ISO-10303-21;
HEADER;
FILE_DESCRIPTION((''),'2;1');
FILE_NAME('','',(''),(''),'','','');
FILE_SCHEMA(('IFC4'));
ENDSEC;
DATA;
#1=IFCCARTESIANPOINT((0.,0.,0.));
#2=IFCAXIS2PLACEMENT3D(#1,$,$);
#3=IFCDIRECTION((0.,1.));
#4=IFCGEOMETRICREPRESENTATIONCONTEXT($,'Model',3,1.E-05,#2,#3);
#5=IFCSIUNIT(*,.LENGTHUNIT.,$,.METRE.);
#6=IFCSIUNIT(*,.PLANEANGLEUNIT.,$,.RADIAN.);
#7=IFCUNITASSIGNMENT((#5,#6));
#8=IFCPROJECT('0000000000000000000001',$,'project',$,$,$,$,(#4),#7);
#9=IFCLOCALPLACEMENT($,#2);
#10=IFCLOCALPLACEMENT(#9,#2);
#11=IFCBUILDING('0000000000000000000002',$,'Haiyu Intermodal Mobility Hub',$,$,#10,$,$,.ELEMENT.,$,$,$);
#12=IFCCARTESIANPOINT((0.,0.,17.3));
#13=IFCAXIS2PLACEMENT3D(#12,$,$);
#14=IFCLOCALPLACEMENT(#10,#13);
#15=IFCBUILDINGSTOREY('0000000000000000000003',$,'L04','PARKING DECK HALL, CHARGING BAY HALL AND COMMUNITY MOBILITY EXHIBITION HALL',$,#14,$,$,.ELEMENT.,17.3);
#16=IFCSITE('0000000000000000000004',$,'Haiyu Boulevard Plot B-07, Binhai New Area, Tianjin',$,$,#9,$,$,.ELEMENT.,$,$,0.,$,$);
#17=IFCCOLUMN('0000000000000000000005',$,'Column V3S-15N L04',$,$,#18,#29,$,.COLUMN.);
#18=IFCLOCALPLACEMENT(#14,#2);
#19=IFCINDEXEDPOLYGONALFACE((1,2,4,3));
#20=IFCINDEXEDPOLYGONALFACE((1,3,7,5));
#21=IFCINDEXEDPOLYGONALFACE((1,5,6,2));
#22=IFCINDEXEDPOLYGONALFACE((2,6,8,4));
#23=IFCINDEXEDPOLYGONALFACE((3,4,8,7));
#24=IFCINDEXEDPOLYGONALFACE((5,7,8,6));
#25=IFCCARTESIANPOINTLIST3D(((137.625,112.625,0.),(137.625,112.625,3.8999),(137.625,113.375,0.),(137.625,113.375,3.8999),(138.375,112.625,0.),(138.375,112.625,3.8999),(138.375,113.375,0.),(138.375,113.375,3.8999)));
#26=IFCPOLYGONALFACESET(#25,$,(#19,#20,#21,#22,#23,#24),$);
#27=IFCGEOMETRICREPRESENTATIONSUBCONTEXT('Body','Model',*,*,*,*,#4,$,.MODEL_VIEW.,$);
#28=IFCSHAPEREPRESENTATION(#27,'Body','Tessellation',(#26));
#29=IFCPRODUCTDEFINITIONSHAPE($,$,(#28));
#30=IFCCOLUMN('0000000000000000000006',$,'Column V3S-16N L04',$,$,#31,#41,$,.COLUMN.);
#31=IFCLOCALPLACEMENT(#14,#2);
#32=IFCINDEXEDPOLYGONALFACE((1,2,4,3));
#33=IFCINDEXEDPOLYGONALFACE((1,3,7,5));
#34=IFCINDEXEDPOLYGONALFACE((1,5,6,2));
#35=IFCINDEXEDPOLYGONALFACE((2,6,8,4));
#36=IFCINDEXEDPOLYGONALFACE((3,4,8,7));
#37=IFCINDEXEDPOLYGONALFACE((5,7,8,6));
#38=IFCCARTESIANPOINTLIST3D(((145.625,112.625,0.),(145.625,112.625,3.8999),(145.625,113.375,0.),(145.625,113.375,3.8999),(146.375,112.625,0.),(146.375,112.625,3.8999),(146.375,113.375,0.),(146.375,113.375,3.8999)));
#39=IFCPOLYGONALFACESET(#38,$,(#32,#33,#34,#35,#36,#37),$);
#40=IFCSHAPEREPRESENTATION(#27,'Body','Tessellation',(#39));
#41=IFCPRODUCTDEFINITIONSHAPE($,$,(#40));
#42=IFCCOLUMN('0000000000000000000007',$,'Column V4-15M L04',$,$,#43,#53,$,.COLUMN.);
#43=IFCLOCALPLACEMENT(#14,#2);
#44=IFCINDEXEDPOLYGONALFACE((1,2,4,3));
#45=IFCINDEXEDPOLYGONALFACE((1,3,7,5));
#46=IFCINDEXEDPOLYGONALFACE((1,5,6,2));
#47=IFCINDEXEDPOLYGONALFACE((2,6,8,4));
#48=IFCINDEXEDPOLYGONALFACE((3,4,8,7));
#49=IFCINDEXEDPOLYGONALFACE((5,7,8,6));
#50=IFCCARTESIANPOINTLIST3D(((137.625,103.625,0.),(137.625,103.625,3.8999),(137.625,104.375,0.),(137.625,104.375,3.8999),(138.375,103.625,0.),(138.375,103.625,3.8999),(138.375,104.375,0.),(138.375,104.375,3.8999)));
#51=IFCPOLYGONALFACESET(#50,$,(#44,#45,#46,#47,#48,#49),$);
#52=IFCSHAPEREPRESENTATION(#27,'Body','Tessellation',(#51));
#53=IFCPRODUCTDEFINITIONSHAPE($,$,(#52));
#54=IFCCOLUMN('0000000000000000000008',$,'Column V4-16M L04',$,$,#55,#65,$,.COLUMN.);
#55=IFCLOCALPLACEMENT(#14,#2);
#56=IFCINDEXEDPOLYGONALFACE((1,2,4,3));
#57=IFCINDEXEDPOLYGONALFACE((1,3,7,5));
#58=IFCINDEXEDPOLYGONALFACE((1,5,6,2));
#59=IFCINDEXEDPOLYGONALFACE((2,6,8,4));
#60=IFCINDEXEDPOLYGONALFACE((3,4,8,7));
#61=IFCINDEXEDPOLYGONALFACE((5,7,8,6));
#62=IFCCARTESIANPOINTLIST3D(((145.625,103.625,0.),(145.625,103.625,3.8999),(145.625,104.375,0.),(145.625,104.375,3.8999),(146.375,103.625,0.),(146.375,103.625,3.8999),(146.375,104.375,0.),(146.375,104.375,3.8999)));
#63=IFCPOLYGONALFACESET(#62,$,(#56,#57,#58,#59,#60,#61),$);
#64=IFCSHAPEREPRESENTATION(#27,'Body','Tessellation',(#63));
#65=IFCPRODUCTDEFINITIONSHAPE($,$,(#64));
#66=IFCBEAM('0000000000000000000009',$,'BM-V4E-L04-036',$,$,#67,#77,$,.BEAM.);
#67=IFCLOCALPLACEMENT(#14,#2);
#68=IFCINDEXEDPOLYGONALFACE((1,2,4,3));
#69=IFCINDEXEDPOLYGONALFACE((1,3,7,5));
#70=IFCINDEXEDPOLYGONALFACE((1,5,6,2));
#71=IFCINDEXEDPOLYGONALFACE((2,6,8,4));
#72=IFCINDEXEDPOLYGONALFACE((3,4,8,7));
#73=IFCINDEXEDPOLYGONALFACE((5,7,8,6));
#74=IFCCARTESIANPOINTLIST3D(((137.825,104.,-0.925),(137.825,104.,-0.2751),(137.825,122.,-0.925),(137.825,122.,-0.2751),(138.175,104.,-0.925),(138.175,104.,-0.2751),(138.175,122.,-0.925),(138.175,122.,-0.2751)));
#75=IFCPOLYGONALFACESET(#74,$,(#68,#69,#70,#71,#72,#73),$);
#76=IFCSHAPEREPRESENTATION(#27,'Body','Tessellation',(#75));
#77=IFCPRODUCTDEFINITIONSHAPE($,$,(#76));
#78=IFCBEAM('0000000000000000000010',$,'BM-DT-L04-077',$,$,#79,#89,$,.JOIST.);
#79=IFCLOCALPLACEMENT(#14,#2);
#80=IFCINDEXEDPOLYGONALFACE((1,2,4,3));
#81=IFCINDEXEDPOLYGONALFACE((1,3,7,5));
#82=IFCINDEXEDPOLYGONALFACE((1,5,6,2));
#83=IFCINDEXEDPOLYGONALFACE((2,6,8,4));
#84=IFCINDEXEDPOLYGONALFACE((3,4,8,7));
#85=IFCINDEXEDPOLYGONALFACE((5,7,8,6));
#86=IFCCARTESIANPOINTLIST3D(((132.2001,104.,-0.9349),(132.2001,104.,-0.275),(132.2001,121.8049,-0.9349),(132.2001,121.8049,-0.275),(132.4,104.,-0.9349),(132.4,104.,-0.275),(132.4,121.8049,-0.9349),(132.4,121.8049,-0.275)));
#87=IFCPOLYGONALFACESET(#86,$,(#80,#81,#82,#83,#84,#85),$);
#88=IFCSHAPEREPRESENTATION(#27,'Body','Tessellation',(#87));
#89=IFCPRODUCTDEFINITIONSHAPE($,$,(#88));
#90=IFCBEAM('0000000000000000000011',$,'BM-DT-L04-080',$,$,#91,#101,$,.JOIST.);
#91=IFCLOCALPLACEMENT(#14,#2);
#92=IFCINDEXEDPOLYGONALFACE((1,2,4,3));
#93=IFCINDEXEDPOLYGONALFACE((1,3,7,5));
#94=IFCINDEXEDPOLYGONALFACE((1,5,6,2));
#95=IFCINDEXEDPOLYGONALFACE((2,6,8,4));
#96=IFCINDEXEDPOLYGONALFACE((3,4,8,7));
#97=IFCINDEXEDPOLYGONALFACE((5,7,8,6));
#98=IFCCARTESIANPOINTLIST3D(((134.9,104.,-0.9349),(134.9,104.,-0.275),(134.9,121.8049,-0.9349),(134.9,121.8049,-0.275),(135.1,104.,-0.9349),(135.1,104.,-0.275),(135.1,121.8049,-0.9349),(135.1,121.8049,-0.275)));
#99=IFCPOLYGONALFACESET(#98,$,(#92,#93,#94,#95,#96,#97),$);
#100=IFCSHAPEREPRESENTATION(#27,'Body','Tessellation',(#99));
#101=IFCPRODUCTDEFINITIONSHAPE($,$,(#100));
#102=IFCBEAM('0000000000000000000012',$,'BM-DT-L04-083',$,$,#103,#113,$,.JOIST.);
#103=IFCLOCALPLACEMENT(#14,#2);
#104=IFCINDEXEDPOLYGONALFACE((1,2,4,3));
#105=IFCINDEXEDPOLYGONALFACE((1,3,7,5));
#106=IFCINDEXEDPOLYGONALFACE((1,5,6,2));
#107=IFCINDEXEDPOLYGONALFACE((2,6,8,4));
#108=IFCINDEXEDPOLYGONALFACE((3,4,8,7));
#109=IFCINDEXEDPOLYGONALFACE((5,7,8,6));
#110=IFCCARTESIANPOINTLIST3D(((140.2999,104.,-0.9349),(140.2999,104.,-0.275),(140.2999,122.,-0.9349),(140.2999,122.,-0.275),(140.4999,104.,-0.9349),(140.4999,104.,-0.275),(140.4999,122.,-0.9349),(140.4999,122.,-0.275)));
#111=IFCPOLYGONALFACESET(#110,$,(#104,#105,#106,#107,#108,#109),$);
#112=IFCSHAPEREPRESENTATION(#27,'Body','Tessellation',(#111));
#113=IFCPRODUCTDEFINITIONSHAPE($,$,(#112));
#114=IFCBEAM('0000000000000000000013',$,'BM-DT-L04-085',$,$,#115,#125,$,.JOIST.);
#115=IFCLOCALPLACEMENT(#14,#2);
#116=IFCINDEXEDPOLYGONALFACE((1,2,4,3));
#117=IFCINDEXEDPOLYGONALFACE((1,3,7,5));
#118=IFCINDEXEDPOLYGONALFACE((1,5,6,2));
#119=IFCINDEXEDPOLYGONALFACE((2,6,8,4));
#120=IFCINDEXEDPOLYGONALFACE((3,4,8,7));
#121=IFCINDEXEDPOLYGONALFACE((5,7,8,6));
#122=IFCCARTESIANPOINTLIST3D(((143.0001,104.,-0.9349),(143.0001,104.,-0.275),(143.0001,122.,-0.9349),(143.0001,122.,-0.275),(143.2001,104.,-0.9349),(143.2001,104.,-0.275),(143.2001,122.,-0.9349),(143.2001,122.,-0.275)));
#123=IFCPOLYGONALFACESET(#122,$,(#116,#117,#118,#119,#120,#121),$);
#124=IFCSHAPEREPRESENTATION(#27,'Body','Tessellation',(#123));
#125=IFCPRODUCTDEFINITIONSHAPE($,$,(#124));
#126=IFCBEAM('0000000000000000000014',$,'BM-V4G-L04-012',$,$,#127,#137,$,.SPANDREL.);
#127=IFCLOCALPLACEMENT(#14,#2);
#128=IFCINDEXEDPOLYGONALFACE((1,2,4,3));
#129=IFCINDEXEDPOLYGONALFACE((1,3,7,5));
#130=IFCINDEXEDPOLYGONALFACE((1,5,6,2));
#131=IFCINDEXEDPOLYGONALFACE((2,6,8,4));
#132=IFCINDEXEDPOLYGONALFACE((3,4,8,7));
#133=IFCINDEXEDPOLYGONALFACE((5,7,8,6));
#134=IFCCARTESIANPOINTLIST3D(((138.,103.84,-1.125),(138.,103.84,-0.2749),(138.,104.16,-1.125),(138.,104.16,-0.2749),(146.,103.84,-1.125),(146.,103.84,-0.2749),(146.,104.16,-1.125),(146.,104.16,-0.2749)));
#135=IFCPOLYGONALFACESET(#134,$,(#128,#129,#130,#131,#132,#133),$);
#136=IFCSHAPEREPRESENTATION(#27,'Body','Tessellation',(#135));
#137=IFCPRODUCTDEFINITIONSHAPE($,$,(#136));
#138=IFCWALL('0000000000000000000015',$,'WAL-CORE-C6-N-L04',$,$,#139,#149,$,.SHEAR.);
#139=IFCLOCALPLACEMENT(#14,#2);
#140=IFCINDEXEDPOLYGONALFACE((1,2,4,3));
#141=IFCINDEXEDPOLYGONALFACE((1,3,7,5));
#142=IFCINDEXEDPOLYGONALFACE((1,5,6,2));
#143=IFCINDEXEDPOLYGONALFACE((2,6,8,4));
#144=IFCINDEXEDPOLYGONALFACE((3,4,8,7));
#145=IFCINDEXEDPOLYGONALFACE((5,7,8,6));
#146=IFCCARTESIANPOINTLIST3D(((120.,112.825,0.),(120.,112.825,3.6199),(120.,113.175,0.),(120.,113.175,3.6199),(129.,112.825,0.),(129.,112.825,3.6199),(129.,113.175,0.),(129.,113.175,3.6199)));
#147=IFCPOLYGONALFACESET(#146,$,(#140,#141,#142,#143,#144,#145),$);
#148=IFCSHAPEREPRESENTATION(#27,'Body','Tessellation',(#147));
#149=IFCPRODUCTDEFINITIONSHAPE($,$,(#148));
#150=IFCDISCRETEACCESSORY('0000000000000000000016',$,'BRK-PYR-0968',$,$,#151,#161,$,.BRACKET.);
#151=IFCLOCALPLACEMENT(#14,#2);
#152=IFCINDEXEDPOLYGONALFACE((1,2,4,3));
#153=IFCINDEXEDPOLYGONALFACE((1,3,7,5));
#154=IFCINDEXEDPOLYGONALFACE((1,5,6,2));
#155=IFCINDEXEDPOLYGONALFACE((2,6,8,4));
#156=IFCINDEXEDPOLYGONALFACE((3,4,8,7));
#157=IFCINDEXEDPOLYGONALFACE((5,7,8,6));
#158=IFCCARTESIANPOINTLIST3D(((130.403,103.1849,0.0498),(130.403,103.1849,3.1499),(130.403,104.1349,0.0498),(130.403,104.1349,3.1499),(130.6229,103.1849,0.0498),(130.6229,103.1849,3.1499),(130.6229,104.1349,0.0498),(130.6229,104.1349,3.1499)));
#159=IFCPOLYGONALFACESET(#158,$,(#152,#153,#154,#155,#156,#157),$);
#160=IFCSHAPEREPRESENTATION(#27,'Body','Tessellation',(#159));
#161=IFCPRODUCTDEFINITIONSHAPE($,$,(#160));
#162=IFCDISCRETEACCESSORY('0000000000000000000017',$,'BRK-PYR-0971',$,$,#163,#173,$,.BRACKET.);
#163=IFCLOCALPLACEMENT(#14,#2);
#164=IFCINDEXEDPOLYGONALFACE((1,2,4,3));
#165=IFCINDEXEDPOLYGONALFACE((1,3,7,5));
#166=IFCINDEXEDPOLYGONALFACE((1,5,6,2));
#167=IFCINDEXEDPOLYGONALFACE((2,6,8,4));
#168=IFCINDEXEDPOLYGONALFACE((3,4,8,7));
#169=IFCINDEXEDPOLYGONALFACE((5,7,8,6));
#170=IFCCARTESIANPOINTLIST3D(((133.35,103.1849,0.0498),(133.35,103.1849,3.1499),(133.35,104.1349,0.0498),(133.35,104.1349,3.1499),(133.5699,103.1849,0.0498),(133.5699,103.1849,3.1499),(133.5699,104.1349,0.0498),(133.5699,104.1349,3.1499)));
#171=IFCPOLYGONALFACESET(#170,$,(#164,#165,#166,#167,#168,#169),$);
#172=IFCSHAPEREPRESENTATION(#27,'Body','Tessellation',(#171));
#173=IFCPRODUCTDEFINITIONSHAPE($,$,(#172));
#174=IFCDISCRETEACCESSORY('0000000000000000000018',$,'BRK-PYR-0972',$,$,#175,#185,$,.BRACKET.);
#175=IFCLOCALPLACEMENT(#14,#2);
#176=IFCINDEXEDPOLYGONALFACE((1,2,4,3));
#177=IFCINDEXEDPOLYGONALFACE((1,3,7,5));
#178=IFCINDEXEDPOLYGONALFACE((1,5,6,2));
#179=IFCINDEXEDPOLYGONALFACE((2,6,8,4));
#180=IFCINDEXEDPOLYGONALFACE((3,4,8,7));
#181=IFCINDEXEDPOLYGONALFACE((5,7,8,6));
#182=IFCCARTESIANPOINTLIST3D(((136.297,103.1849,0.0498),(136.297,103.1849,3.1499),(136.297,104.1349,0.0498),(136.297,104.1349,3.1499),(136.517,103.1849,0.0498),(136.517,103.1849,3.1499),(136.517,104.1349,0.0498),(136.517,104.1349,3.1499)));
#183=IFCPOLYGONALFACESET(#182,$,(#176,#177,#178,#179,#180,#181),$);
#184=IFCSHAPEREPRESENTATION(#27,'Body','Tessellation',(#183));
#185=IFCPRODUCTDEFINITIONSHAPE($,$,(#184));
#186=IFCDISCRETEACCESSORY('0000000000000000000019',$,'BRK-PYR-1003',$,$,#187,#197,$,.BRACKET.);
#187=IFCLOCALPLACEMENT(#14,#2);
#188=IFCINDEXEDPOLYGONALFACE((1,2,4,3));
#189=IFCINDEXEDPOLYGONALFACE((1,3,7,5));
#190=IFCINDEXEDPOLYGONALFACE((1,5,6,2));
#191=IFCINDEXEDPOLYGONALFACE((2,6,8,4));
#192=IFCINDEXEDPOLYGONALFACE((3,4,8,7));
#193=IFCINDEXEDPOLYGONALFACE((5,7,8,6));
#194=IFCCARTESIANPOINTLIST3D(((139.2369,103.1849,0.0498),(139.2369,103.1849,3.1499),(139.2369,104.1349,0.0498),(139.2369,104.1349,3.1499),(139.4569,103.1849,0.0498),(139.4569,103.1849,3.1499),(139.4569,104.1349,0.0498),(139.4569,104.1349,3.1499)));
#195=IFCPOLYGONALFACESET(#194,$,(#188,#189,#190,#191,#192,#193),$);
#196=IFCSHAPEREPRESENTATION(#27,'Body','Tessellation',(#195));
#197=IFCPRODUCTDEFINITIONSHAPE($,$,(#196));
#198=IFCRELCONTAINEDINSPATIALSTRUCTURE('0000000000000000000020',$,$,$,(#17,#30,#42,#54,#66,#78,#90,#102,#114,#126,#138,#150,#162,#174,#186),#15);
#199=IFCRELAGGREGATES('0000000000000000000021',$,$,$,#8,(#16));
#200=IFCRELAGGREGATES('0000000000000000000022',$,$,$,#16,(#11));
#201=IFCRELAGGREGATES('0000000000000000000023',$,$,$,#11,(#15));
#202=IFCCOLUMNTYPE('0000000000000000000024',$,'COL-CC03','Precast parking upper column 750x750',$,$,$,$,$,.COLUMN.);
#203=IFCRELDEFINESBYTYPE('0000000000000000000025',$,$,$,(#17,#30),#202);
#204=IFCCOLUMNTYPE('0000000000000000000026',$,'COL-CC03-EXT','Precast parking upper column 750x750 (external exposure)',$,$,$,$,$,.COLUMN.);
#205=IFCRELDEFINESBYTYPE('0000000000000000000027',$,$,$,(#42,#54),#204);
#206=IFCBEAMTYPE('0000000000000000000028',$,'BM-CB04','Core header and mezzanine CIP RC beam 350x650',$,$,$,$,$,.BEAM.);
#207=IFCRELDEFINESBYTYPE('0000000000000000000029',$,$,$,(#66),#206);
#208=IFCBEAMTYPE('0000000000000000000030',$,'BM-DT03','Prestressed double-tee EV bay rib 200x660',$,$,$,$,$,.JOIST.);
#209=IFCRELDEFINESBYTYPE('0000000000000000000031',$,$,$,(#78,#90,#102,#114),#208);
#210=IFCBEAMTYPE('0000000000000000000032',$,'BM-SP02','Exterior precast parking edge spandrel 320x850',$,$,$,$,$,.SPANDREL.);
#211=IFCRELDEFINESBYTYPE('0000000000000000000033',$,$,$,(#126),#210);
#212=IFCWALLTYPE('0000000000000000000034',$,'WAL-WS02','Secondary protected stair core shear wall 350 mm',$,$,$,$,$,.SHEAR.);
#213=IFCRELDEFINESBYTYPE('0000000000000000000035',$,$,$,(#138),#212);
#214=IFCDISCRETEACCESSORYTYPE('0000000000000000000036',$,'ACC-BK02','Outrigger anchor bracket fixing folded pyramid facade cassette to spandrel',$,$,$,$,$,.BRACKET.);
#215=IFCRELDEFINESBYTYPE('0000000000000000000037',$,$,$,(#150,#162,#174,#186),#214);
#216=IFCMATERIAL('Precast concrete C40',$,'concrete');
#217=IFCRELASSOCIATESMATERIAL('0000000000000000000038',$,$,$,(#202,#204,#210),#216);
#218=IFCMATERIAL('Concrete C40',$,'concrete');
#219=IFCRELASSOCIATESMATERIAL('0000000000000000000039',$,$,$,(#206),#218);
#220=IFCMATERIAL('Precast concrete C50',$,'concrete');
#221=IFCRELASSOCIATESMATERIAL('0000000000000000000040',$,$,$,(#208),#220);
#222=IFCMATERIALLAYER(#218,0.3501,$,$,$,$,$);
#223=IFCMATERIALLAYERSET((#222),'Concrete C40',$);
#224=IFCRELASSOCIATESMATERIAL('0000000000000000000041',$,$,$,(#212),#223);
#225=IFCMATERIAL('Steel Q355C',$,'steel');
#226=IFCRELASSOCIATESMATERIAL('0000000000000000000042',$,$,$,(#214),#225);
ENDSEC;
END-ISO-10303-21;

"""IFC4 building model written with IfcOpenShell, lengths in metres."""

from ifc_helpers import new_model, si_unit, direction, frame, frame_2d, origin, origin_2d, place, context, subcontext, project, spatial, rectangle, extrude, material, layer, layer_set, material_profile, profile_set, type_object, element, save


model = new_model("IFC4")

# Units and contexts
model_context = context("Model", 3, precision=1e-05, world=origin(), true_north=direction((0.0, 1.0)))
body_context = subcontext(model_context, "Body", "Model", "MODEL_VIEW")
ifc_project = project(units=[si_unit("LENGTHUNIT", "METRE"), si_unit("PLANEANGLEUNIT", "RADIAN")], contexts=[model_context])

# Site, building, storey
site_placement = place(None, origin())
site = spatial("IfcSite", under=ifc_project, at=site_placement, Name="Haiyu Boulevard Plot B-07, Binhai New Area, Tianjin", CompositionType="ELEMENT", RefElevation=0.0)
building_placement = place(site_placement, origin())
building = spatial("IfcBuilding", under=site, at=building_placement, Name="Haiyu Intermodal Mobility Hub", CompositionType="ELEMENT")
storey_placement = place(building_placement, frame((0.0, 0.0, 17.3)))
storey = spatial("IfcBuildingStorey", under=building, at=storey_placement, Name="L04", Description="PARKING DECK HALL, CHARGING BAY HALL AND COMMUNITY MOBILITY EXHIBITION HALL", CompositionType="ELEMENT", Elevation=17.3)

# Columns
ifc_material_1 = material(Name="Precast concrete C40", Category="concrete")
ifc_material_profile_1 = material_profile(ifc_material_1, rectangle(XDim=0.75, YDim=0.75, at=origin_2d()), Name="RC750x750")
ifc_profile_set_1 = profile_set([ifc_material_profile_1], Name="Precast concrete C40")
column_type_1 = type_object("IfcColumnType", Name="COL-CC03", Description="Precast parking upper column 750x750", PredefinedType="COLUMN", material=ifc_profile_set_1)
for number, where, z_axis, x_axis, name in (
    (1, (138.0, 113.0, 0.0), (0.0, 0.0, 1.0), (1.0, 0.0, 0.0), "Column V3S-15N L04"),
    (2, (146.0, 113.0, 0.0), (0.0, 0.0, 1.0), (1.0, 0.0, 0.0), "Column V3S-16N L04"),
):
    element("IfcColumn", number, at=place(storey_placement, frame(where, z_axis=z_axis, x_axis=x_axis)), inside=storey, type_object=column_type_1, Name=name, PredefinedType="COLUMN", context=body_context, shape_type="SweptSolid", body=[
        extrude(rectangle(XDim=0.75, YDim=0.75, at=origin_2d()), origin(), (0.0, 0.0, 1.0), 3.8999),
    ])
ifc_material_profile_2 = material_profile(ifc_material_1, rectangle(XDim=0.75, YDim=0.75, at=origin_2d()), Name="RC750x750")
ifc_profile_set_2 = profile_set([ifc_material_profile_2], Name="Precast concrete C40")
column_type_2 = type_object("IfcColumnType", Name="COL-CC03-EXT", Description="Precast parking upper column 750x750 (external exposure)", PredefinedType="COLUMN", material=ifc_profile_set_2)
for number, where, z_axis, x_axis, name in (
    (3, (138.0, 104.0, 0.0), (0.0, 0.0, 1.0), (1.0, 0.0, 0.0), "Column V4-15M L04"),
    (4, (146.0, 104.0, 0.0), (0.0, 0.0, 1.0), (1.0, 0.0, 0.0), "Column V4-16M L04"),
):
    element("IfcColumn", number, at=place(storey_placement, frame(where, z_axis=z_axis, x_axis=x_axis)), inside=storey, type_object=column_type_2, Name=name, PredefinedType="COLUMN", context=body_context, shape_type="SweptSolid", body=[
        extrude(rectangle(XDim=0.75, YDim=0.75, at=origin_2d()), origin(), (0.0, 0.0, 1.0), 3.8999),
    ])

# Beams
ifc_material_2 = material(Name="Concrete C40", Category="concrete")
ifc_material_profile_3 = material_profile(ifc_material_2, rectangle(XDim=0.3501, YDim=0.6499, at=origin_2d()), Name="RCB350x650")
ifc_profile_set_3 = profile_set([ifc_material_profile_3], Name="Concrete C40")
beam_type_1 = type_object("IfcBeamType", Name="BM-CB04", Description="Core header and mezzanine CIP RC beam 350x650", PredefinedType="BEAM", material=ifc_profile_set_3)
beam_1_placement = place(storey_placement, frame((138.0, 104.0, -0.6001), z_axis=(0.0, 1.0, 0.0), x_axis=(-1.0, 0.0, 0.0)))
element("IfcBeam", 5, at=beam_1_placement, inside=storey, type_object=beam_type_1, Name="BM-V4E-L04-036", PredefinedType="BEAM", context=body_context, shape_type="SweptSolid", body=[
    extrude(rectangle(XDim=0.3501, YDim=0.6499, at=origin_2d()), origin(), (0.0, 0.0, 1.0), 18.0),
])
ifc_material_3 = material(Name="Precast concrete C50", Category="concrete")
ifc_material_profile_4 = material_profile(ifc_material_3, rectangle(XDim=0.2, YDim=0.6599, at=origin_2d()), Name="PC200x660")
ifc_profile_set_4 = profile_set([ifc_material_profile_4], Name="Precast concrete C50")
beam_type_2 = type_object("IfcBeamType", Name="BM-DT03", Description="Prestressed double-tee EV bay rib 200x660", PredefinedType="JOIST", material=ifc_profile_set_4)
for number, where, z_axis, x_axis, name in (
    (6, (132.3, 104.0, -0.605), (0.0, 1.0, 0.0), (-1.0, 0.0, 0.0), "BM-DT-L04-077"),
    (7, (135.0, 104.0, -0.605), (0.0, 1.0, 0.0), (-1.0, 0.0, 0.0), "BM-DT-L04-080"),
):
    element("IfcBeam", number, at=place(storey_placement, frame(where, z_axis=z_axis, x_axis=x_axis)), inside=storey, type_object=beam_type_2, Name=name, PredefinedType="JOIST", context=body_context, shape_type="SweptSolid", body=[
        extrude(rectangle(XDim=0.2, YDim=0.6599, at=origin_2d()), origin(), (0.0, 0.0, 1.0), 17.8049),
    ])
for number, where, z_axis, x_axis, name in (
    (8, (140.3999, 104.0, -0.605), (0.0, 1.0, 0.0), (-1.0, 0.0, 0.0), "BM-DT-L04-083"),
    (9, (143.1001, 104.0, -0.605), (0.0, 1.0, 0.0), (-1.0, 0.0, 0.0), "BM-DT-L04-085"),
):
    element("IfcBeam", number, at=place(storey_placement, frame(where, z_axis=z_axis, x_axis=x_axis)), inside=storey, type_object=beam_type_2, Name=name, PredefinedType="JOIST", context=body_context, shape_type="SweptSolid", body=[
        extrude(rectangle(XDim=0.2, YDim=0.6599, at=origin_2d()), origin(), (0.0, 0.0, 1.0), 18.0),
    ])
ifc_material_profile_5 = material_profile(ifc_material_1, rectangle(XDim=0.3201, YDim=0.8501, at=origin_2d()), Name="PC320x850")
ifc_profile_set_5 = profile_set([ifc_material_profile_5], Name="Precast concrete C40")
beam_type_3 = type_object("IfcBeamType", Name="BM-SP02", Description="Exterior precast parking edge spandrel 320x850", PredefinedType="SPANDREL", material=ifc_profile_set_5)
beam_2_placement = place(storey_placement, frame((138.0, 104.0, -0.7), z_axis=(1.0, 0.0, 0.0), x_axis=(0.0, 1.0, 0.0)))
element("IfcBeam", 10, at=beam_2_placement, inside=storey, type_object=beam_type_3, Name="BM-V4G-L04-012", PredefinedType="SPANDREL", context=body_context, shape_type="SweptSolid", body=[
    extrude(rectangle(XDim=0.3201, YDim=0.8501, at=origin_2d()), origin(), (0.0, 0.0, 1.0), 8.0),
])

# Wall
ifc_layer = layer(ifc_material_2, 0.3501)
ifc_layer_set = layer_set([ifc_layer], Name="Concrete C40")
wall_type = type_object("IfcWallType", Name="WAL-WS02", Description="Secondary protected stair core shear wall 350 mm", PredefinedType="SHEAR", material=ifc_layer_set)
wall_placement = place(storey_placement, frame((129.0, 113.0, 0.0), z_axis=(0.0, 0.0, 1.0), x_axis=(-1.0, 0.0, 0.0)))
element("IfcWall", 11, at=wall_placement, inside=storey, type_object=wall_type, Name="WAL-CORE-C6-N-L04", PredefinedType="SHEAR", context=body_context, shape_type="SweptSolid", body=[
    extrude(rectangle(XDim=9.0, YDim=0.3501, at=frame_2d((4.5, 0.0))), origin(), (0.0, 0.0, 1.0), 3.6199),
])

# Shared definitions
ifc_material_4 = material(Name="Steel Q355C", Category="steel")

# Discrete accessories
discrete_accessory_type = type_object("IfcDiscreteAccessoryType", Name="ACC-BK02", Description="Outrigger anchor bracket fixing folded pyramid facade cassette to spandrel", PredefinedType="BRACKET", material=ifc_material_4)
for number, where, z_axis, x_axis, name in (
    (12, (130.5129, 103.6599, 0.0498), (0.0, 0.0, 1.0), (1.0, 0.0, 0.0), "BRK-PYR-0968"),
    (13, (133.46, 103.6599, 0.0498), (0.0, 0.0, 1.0), (1.0, 0.0, 0.0), "BRK-PYR-0971"),
    (14, (136.407, 103.6599, 0.0498), (0.0, 0.0, 1.0), (1.0, 0.0, 0.0), "BRK-PYR-0972"),
    (15, (139.3469, 103.6599, 0.0498), (0.0, 0.0, 1.0), (1.0, 0.0, 0.0), "BRK-PYR-1003"),
):
    element("IfcDiscreteAccessory", number, at=place(storey_placement, frame(where, z_axis=z_axis, x_axis=x_axis)), inside=storey, type_object=discrete_accessory_type, Name=name, PredefinedType="BRACKET", context=body_context, shape_type="SweptSolid", body=[
        extrude(rectangle(XDim=0.22, YDim=0.95, at=origin_2d()), origin(), (0.0, 0.0, 1.0), 3.1001),
    ])

save(model, "model.ifc")
